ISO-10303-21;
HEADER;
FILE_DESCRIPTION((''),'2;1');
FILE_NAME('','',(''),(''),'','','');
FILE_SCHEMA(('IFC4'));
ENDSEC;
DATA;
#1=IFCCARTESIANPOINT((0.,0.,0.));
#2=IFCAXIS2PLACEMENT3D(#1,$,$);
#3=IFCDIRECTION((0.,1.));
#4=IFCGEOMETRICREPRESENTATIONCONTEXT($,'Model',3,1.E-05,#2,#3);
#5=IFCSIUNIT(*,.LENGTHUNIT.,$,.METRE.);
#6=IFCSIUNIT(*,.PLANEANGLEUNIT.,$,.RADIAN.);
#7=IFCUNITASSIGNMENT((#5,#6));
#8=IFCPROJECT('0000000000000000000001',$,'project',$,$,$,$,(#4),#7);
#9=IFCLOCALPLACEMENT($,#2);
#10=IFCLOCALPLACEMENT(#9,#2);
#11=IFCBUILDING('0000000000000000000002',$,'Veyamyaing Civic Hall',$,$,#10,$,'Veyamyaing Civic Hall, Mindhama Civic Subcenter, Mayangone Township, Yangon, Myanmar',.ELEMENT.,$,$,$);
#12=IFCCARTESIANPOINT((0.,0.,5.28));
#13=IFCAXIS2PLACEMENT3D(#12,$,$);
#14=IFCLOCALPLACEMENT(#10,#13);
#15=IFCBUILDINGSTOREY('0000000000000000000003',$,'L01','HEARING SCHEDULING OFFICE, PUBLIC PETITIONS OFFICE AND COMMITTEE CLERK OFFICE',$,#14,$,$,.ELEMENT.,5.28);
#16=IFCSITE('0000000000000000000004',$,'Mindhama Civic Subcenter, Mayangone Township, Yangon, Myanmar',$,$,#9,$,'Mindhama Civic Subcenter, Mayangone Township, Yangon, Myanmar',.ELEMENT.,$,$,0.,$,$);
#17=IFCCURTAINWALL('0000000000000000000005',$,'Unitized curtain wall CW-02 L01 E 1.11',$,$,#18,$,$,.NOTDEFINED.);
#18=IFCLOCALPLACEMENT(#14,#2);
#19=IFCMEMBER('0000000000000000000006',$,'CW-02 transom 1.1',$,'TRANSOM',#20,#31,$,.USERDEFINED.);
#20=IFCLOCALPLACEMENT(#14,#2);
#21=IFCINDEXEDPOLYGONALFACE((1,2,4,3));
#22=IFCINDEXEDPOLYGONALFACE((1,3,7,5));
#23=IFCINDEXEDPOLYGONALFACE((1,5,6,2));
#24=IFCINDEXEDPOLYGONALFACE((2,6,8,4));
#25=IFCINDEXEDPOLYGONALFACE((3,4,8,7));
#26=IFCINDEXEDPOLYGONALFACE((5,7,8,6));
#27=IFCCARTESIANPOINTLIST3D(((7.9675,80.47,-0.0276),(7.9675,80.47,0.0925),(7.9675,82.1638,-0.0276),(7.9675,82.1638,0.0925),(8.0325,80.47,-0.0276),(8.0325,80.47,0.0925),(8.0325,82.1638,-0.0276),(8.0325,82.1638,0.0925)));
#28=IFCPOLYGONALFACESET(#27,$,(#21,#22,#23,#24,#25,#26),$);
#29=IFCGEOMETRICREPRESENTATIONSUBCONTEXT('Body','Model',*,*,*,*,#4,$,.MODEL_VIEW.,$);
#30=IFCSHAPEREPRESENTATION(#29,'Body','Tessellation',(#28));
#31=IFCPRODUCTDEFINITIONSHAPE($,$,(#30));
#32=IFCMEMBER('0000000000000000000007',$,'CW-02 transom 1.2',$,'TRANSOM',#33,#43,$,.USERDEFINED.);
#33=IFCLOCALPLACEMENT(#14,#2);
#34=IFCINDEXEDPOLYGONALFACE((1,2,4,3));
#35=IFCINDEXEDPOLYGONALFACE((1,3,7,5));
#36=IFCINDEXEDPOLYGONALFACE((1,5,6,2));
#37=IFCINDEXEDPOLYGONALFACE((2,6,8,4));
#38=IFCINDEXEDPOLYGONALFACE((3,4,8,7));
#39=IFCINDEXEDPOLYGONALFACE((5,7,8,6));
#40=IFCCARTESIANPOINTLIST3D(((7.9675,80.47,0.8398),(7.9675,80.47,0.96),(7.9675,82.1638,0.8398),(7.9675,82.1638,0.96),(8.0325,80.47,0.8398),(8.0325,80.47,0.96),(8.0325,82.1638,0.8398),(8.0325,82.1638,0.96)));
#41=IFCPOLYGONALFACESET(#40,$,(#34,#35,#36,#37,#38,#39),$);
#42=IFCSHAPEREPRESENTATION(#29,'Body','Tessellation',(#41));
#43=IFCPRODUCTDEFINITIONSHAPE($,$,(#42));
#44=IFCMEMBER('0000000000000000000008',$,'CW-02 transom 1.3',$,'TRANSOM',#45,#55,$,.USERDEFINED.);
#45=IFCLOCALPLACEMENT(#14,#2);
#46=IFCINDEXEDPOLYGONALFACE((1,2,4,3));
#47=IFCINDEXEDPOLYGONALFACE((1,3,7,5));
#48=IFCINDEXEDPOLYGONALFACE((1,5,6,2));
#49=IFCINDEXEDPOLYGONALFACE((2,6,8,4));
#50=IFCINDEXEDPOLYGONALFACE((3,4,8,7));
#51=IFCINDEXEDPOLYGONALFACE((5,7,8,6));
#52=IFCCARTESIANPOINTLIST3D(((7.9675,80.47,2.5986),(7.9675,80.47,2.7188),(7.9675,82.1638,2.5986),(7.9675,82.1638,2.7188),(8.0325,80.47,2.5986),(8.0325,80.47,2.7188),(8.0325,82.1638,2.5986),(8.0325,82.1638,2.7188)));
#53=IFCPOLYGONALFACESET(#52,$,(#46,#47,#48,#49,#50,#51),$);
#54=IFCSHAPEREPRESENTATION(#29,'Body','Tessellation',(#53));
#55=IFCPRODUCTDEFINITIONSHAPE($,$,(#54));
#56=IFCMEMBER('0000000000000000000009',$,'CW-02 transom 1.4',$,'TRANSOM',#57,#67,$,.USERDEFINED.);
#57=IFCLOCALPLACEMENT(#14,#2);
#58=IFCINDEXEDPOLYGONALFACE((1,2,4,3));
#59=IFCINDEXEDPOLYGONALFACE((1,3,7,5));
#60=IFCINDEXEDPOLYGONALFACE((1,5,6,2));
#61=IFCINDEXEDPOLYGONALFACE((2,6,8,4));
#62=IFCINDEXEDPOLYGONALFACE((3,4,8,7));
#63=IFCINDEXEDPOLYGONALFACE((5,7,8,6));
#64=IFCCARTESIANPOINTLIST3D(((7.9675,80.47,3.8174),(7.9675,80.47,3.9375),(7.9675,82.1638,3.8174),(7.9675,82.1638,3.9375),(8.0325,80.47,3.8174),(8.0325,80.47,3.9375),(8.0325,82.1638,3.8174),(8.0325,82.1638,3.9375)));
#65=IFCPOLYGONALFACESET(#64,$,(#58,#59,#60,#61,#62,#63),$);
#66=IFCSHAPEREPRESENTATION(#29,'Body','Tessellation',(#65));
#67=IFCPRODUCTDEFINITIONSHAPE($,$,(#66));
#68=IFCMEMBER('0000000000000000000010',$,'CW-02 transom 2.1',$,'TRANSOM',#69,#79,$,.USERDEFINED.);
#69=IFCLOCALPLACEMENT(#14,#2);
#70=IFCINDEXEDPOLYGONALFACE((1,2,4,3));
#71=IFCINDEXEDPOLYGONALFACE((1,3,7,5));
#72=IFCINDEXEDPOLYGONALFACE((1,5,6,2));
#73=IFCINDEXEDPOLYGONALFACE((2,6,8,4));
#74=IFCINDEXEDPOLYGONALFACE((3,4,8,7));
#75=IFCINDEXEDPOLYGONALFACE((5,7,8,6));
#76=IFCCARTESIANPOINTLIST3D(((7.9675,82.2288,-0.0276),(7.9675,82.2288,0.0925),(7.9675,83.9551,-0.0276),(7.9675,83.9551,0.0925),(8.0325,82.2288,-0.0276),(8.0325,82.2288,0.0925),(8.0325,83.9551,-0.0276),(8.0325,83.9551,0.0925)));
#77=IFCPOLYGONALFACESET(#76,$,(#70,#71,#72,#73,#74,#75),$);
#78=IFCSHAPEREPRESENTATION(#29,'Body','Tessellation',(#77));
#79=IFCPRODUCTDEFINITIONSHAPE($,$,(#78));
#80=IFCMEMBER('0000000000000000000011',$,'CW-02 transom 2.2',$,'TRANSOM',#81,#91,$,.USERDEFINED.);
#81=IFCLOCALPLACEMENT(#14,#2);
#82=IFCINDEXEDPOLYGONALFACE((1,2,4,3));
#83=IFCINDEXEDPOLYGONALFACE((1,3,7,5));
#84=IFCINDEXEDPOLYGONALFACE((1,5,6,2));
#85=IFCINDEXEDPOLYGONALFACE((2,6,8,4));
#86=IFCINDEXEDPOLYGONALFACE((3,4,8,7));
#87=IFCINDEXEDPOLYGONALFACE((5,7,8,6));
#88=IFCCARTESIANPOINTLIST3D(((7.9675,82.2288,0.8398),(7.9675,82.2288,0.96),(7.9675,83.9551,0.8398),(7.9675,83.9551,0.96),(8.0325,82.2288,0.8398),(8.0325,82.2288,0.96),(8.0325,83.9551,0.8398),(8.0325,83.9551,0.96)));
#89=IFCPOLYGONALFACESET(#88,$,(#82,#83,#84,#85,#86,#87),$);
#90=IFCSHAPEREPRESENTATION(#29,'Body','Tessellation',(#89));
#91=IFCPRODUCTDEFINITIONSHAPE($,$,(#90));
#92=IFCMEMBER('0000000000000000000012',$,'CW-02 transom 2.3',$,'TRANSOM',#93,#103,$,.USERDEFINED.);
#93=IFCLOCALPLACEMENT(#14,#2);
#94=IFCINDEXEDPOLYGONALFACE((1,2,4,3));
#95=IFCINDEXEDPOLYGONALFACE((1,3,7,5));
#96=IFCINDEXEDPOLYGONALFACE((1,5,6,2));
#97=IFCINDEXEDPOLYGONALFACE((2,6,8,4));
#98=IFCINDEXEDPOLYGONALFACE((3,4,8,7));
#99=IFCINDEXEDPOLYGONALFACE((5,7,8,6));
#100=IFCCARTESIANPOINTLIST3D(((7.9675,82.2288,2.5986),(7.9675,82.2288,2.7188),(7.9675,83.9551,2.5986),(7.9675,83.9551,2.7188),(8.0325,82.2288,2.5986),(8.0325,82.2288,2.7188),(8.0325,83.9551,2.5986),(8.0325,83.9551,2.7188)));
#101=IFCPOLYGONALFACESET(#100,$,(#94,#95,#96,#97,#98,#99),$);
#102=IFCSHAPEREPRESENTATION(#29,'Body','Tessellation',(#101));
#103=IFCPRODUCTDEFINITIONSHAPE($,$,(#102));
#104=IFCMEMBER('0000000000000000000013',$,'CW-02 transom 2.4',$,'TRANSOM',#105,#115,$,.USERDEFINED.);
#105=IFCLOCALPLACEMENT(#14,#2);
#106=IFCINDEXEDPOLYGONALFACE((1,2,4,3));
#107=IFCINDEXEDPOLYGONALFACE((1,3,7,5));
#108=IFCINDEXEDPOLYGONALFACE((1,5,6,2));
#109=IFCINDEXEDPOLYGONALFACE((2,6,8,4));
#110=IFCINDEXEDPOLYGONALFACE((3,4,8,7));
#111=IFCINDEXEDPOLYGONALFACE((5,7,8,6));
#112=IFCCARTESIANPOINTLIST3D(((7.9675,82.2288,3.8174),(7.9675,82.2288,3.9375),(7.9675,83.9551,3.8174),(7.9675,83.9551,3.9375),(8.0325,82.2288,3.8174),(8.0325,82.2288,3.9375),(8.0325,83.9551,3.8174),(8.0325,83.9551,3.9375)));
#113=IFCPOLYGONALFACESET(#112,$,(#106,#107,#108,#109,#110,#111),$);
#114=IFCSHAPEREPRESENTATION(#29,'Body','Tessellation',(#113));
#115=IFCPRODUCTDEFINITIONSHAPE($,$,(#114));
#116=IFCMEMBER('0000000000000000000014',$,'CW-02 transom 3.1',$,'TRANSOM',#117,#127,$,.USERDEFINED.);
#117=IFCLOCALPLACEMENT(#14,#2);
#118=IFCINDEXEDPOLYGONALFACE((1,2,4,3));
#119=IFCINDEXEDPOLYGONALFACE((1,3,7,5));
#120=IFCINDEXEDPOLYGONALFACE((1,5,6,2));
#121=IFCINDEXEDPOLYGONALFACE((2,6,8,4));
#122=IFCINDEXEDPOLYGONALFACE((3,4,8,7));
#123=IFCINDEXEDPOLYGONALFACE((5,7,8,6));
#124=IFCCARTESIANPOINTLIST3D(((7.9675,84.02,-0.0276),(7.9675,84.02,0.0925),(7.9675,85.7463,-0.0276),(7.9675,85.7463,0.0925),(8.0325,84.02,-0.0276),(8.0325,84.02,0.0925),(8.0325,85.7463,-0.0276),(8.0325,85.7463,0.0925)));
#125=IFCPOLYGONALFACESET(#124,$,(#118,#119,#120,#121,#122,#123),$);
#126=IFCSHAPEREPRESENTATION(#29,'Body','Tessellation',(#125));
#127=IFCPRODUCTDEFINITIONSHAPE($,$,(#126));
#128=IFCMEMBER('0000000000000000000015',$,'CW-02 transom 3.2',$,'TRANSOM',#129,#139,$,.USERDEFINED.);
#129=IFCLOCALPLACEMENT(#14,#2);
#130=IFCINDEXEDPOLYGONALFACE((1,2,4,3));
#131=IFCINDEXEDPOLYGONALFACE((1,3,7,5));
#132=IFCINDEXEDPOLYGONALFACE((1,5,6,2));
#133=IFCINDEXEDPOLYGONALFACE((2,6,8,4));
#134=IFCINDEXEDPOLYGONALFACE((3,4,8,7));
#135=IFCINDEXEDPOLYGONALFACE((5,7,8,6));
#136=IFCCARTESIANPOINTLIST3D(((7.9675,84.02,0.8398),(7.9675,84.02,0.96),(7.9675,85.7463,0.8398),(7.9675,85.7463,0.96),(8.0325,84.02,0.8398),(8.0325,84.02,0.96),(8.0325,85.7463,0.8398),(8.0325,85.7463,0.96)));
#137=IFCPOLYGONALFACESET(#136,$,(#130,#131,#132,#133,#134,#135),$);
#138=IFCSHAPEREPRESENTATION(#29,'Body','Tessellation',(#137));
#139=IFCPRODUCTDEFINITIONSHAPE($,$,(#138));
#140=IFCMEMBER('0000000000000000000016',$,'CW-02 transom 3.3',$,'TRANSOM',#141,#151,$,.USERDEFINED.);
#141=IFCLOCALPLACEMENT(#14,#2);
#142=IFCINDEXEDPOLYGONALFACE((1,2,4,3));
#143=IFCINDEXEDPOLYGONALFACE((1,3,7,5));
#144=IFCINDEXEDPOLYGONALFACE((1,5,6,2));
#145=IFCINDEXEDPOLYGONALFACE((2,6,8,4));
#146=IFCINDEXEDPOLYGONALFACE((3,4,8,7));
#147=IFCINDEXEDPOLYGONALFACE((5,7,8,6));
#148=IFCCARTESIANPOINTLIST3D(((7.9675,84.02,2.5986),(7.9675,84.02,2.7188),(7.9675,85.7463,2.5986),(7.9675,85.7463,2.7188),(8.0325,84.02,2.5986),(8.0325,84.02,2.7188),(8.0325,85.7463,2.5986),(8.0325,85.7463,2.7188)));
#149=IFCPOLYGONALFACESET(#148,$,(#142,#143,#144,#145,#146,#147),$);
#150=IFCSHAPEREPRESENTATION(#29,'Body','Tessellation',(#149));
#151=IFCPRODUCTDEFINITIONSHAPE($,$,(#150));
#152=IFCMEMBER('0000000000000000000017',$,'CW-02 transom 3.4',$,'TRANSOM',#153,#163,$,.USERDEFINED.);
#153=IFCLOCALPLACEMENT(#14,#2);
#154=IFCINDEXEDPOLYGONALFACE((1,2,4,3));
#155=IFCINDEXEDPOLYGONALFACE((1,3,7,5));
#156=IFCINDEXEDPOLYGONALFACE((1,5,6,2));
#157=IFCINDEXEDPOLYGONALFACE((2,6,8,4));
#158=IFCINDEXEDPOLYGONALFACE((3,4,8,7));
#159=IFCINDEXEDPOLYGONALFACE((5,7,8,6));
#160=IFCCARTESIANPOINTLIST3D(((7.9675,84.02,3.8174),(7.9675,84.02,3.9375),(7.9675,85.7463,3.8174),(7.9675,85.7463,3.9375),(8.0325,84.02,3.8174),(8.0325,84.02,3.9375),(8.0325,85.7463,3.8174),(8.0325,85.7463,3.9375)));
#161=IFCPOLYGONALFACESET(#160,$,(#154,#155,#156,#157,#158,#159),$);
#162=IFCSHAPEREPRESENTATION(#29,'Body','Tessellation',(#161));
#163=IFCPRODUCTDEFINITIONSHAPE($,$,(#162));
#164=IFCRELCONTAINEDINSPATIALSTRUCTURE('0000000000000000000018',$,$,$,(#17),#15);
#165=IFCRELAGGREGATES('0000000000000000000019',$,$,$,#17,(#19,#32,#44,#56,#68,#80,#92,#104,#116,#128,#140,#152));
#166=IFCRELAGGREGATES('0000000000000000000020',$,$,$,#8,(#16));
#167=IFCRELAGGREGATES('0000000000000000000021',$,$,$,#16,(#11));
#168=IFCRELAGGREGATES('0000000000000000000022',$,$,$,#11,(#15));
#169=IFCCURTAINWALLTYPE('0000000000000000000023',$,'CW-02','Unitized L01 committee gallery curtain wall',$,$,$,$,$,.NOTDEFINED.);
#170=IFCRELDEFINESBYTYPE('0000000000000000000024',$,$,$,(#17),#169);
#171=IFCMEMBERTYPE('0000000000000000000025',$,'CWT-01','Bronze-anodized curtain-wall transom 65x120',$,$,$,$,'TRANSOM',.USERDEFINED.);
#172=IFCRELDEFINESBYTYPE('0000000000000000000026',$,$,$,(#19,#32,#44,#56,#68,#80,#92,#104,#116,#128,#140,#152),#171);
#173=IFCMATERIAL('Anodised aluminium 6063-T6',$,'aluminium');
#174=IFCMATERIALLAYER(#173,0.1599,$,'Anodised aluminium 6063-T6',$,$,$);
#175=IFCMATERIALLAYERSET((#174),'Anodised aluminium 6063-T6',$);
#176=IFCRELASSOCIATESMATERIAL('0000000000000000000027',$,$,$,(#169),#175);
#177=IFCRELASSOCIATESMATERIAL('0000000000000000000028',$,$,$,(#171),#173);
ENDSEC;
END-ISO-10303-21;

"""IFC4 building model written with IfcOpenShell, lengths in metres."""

from ifc_helpers import new_model, si_unit, direction, frame, origin, origin_2d, place, context, subcontext, project, spatial, rectangle, extrude, material, layer, layer_set, material_profile, profile_set, type_object, element, aggregate, save


model = new_model("IFC4")

# Units and contexts
model_context = context("Model", 3, precision=1e-05, world=origin(), true_north=direction((0.0, 1.0)))
body_context = subcontext(model_context, "Body", "Model", "MODEL_VIEW")
ifc_project = project(units=[si_unit("LENGTHUNIT", "METRE"), si_unit("PLANEANGLEUNIT", "RADIAN")], contexts=[model_context])

# Site, building, storey
site_placement = place(None, origin())
site = spatial("IfcSite", under=ifc_project, at=site_placement, Name="Mindhama Civic Subcenter, Mayangone Township, Yangon, Myanmar", LongName="Mindhama Civic Subcenter, Mayangone Township, Yangon, Myanmar", CompositionType="ELEMENT", RefElevation=0.0)
building_placement = place(site_placement, origin())
building = spatial("IfcBuilding", under=site, at=building_placement, Name="Veyamyaing Civic Hall", LongName="Veyamyaing Civic Hall, Mindhama Civic Subcenter, Mayangone Township, Yangon, Myanmar", CompositionType="ELEMENT")
storey_placement = place(building_placement, frame((0.0, 0.0, 5.28)))
storey = spatial("IfcBuildingStorey", under=building, at=storey_placement, Name="L01", Description="HEARING SCHEDULING OFFICE, PUBLIC PETITIONS OFFICE AND COMMITTEE CLERK OFFICE", CompositionType="ELEMENT", Elevation=5.28)

# Curtain wall, members
ifc_material_1 = material(Name="Anodised aluminium 6063-T6", Category="aluminium")
ifc_layer_1 = layer(ifc_material_1, 0.1599, Name="Anodised aluminium 6063-T6")
ifc_layer_set_1 = layer_set([ifc_layer_1], Name="Anodised aluminium 6063-T6")
curtain_wall_type = type_object("IfcCurtainWallType", Name="CW-02", Description="Unitized L01 committee gallery curtain wall", PredefinedType="NOTDEFINED", material=ifc_layer_set_1)
curtain_wall_placement = place(storey_placement, origin())
curtain_wall = element("IfcCurtainWall", 1, at=curtain_wall_placement, inside=storey, type_object=curtain_wall_type, Name="Unitized curtain wall CW-02 L01 E 1.11", PredefinedType="NOTDEFINED")
ifc_material_profile_1 = material_profile(ifc_material_1, rectangle(XDim=0.0649, YDim=0.1201, at=origin_2d()), Name="ALU-TRN-65X120")
ifc_profile_set_1 = profile_set([ifc_material_profile_1], Name="Anodised aluminium 6063-T6")
member_type_1 = type_object("IfcMemberType", Name="CWT-01", Description="Bronze-anodized curtain-wall transom 65x120", ElementType="TRANSOM", PredefinedType="USERDEFINED", material=ifc_profile_set_1)
member_1_placement = place(storey_placement, frame((8.0, 80.47, 0.0325), z_axis=(0.0, 1.0, 0.0), x_axis=(-1.0, 0.0, 0.0)))
member_1 = element("IfcMember", 2, at=member_1_placement, type_object=member_type_1, Name="CW-02 transom 1.1", ObjectType="TRANSOM", PredefinedType="USERDEFINED", context=body_context, shape_type="SweptSolid", body=[
    extrude(rectangle(XDim=0.0649, YDim=0.1201, at=origin_2d()), origin(), (0.0, 0.0, 1.0), 1.6938),
])
member_2_placement = place(storey_placement, frame((8.0, 80.47, 0.8999), z_axis=(0.0, 1.0, 0.0), x_axis=(-1.0, 0.0, 0.0)))
member_2 = element("IfcMember", 3, at=member_2_placement, type_object=member_type_1, Name="CW-02 transom 1.2", ObjectType="TRANSOM", PredefinedType="USERDEFINED", context=body_context, shape_type="SweptSolid", body=[
    extrude(rectangle(XDim=0.0649, YDim=0.1201, at=origin_2d()), origin(), (0.0, 0.0, 1.0), 1.6938),
])
member_3_placement = place(storey_placement, frame((8.0, 80.47, 2.6587), z_axis=(0.0, 1.0, 0.0), x_axis=(-1.0, 0.0, 0.0)))
member_3 = element("IfcMember", 4, at=member_3_placement, type_object=member_type_1, Name="CW-02 transom 1.3", ObjectType="TRANSOM", PredefinedType="USERDEFINED", context=body_context, shape_type="SweptSolid", body=[
    extrude(rectangle(XDim=0.0649, YDim=0.1201, at=origin_2d()), origin(), (0.0, 0.0, 1.0), 1.6938),
])
member_4_placement = place(storey_placement, frame((8.0, 80.47, 3.8774), z_axis=(0.0, 1.0, 0.0), x_axis=(-1.0, 0.0, 0.0)))
member_4 = element("IfcMember", 5, at=member_4_placement, type_object=member_type_1, Name="CW-02 transom 1.4", ObjectType="TRANSOM", PredefinedType="USERDEFINED", context=body_context, shape_type="SweptSolid", body=[
    extrude(rectangle(XDim=0.0649, YDim=0.1201, at=origin_2d()), origin(), (0.0, 0.0, 1.0), 1.6938),
])
member_5_placement = place(storey_placement, frame((8.0, 82.2288, 0.0325), z_axis=(0.0, 1.0, 0.0), x_axis=(-1.0, 0.0, 0.0)))
member_5 = element("IfcMember", 6, at=member_5_placement, type_object=member_type_1, Name="CW-02 transom 2.1", ObjectType="TRANSOM", PredefinedType="USERDEFINED", context=body_context, shape_type="SweptSolid", body=[
    extrude(rectangle(XDim=0.0649, YDim=0.1201, at=origin_2d()), origin(), (0.0, 0.0, 1.0), 1.7263),
])
member_6_placement = place(storey_placement, frame((8.0, 82.2288, 0.8999), z_axis=(0.0, 1.0, 0.0), x_axis=(-1.0, 0.0, 0.0)))
member_6 = element("IfcMember", 7, at=member_6_placement, type_object=member_type_1, Name="CW-02 transom 2.2", ObjectType="TRANSOM", PredefinedType="USERDEFINED", context=body_context, shape_type="SweptSolid", body=[
    extrude(rectangle(XDim=0.0649, YDim=0.1201, at=origin_2d()), origin(), (0.0, 0.0, 1.0), 1.7263),
])
member_7_placement = place(storey_placement, frame((8.0, 82.2288, 2.6587), z_axis=(0.0, 1.0, 0.0), x_axis=(-1.0, 0.0, 0.0)))
member_7 = element("IfcMember", 8, at=member_7_placement, type_object=member_type_1, Name="CW-02 transom 2.3", ObjectType="TRANSOM", PredefinedType="USERDEFINED", context=body_context, shape_type="SweptSolid", body=[
    extrude(rectangle(XDim=0.0649, YDim=0.1201, at=origin_2d()), origin(), (0.0, 0.0, 1.0), 1.7263),
])
member_8_placement = place(storey_placement, frame((8.0, 82.2288, 3.8774), z_axis=(0.0, 1.0, 0.0), x_axis=(-1.0, 0.0, 0.0)))
member_8 = element("IfcMember", 9, at=member_8_placement, type_object=member_type_1, Name="CW-02 transom 2.4", ObjectType="TRANSOM", PredefinedType="USERDEFINED", context=body_context, shape_type="SweptSolid", body=[
    extrude(rectangle(XDim=0.0649, YDim=0.1201, at=origin_2d()), origin(), (0.0, 0.0, 1.0), 1.7263),
])
member_9_placement = place(storey_placement, frame((8.0, 84.02, 0.0325), z_axis=(0.0, 1.0, 0.0), x_axis=(-1.0, 0.0, 0.0)))
member_9 = element("IfcMember", 10, at=member_9_placement, type_object=member_type_1, Name="CW-02 transom 3.1", ObjectType="TRANSOM", PredefinedType="USERDEFINED", context=body_context, shape_type="SweptSolid", body=[
    extrude(rectangle(XDim=0.0649, YDim=0.1201, at=origin_2d()), origin(), (0.0, 0.0, 1.0), 1.7263),
])
member_10_placement = place(storey_placement, frame((8.0, 84.02, 0.8999), z_axis=(0.0, 1.0, 0.0), x_axis=(-1.0, 0.0, 0.0)))
member_10 = element("IfcMember", 11, at=member_10_placement, type_object=member_type_1, Name="CW-02 transom 3.2", ObjectType="TRANSOM", PredefinedType="USERDEFINED", context=body_context, shape_type="SweptSolid", body=[
    extrude(rectangle(XDim=0.0649, YDim=0.1201, at=origin_2d()), origin(), (0.0, 0.0, 1.0), 1.7263),
])
member_11_placement = place(storey_placement, frame((8.0, 84.02, 2.6587), z_axis=(0.0, 1.0, 0.0), x_axis=(-1.0, 0.0, 0.0)))
member_11 = element("IfcMember", 12, at=member_11_placement, type_object=member_type_1, Name="CW-02 transom 3.3", ObjectType="TRANSOM", PredefinedType="USERDEFINED", context=body_context, shape_type="SweptSolid", body=[
    extrude(rectangle(XDim=0.0649, YDim=0.1201, at=origin_2d()), origin(), (0.0, 0.0, 1.0), 1.7263),
])
member_12_placement = place(storey_placement, frame((8.0, 84.02, 3.8774), z_axis=(0.0, 1.0, 0.0), x_axis=(-1.0, 0.0, 0.0)))
member_12 = element("IfcMember", 13, at=member_12_placement, type_object=member_type_1, Name="CW-02 transom 3.4", ObjectType="TRANSOM", PredefinedType="USERDEFINED", context=body_context, shape_type="SweptSolid", body=[
    extrude(rectangle(XDim=0.0649, YDim=0.1201, at=origin_2d()), origin(), (0.0, 0.0, 1.0), 1.7263),
])

aggregate(curtain_wall, [member_1, member_2, member_3, member_4, member_5, member_6, member_7, member_8, member_9, member_10, member_11, member_12])

save(model, "model.ifc")
